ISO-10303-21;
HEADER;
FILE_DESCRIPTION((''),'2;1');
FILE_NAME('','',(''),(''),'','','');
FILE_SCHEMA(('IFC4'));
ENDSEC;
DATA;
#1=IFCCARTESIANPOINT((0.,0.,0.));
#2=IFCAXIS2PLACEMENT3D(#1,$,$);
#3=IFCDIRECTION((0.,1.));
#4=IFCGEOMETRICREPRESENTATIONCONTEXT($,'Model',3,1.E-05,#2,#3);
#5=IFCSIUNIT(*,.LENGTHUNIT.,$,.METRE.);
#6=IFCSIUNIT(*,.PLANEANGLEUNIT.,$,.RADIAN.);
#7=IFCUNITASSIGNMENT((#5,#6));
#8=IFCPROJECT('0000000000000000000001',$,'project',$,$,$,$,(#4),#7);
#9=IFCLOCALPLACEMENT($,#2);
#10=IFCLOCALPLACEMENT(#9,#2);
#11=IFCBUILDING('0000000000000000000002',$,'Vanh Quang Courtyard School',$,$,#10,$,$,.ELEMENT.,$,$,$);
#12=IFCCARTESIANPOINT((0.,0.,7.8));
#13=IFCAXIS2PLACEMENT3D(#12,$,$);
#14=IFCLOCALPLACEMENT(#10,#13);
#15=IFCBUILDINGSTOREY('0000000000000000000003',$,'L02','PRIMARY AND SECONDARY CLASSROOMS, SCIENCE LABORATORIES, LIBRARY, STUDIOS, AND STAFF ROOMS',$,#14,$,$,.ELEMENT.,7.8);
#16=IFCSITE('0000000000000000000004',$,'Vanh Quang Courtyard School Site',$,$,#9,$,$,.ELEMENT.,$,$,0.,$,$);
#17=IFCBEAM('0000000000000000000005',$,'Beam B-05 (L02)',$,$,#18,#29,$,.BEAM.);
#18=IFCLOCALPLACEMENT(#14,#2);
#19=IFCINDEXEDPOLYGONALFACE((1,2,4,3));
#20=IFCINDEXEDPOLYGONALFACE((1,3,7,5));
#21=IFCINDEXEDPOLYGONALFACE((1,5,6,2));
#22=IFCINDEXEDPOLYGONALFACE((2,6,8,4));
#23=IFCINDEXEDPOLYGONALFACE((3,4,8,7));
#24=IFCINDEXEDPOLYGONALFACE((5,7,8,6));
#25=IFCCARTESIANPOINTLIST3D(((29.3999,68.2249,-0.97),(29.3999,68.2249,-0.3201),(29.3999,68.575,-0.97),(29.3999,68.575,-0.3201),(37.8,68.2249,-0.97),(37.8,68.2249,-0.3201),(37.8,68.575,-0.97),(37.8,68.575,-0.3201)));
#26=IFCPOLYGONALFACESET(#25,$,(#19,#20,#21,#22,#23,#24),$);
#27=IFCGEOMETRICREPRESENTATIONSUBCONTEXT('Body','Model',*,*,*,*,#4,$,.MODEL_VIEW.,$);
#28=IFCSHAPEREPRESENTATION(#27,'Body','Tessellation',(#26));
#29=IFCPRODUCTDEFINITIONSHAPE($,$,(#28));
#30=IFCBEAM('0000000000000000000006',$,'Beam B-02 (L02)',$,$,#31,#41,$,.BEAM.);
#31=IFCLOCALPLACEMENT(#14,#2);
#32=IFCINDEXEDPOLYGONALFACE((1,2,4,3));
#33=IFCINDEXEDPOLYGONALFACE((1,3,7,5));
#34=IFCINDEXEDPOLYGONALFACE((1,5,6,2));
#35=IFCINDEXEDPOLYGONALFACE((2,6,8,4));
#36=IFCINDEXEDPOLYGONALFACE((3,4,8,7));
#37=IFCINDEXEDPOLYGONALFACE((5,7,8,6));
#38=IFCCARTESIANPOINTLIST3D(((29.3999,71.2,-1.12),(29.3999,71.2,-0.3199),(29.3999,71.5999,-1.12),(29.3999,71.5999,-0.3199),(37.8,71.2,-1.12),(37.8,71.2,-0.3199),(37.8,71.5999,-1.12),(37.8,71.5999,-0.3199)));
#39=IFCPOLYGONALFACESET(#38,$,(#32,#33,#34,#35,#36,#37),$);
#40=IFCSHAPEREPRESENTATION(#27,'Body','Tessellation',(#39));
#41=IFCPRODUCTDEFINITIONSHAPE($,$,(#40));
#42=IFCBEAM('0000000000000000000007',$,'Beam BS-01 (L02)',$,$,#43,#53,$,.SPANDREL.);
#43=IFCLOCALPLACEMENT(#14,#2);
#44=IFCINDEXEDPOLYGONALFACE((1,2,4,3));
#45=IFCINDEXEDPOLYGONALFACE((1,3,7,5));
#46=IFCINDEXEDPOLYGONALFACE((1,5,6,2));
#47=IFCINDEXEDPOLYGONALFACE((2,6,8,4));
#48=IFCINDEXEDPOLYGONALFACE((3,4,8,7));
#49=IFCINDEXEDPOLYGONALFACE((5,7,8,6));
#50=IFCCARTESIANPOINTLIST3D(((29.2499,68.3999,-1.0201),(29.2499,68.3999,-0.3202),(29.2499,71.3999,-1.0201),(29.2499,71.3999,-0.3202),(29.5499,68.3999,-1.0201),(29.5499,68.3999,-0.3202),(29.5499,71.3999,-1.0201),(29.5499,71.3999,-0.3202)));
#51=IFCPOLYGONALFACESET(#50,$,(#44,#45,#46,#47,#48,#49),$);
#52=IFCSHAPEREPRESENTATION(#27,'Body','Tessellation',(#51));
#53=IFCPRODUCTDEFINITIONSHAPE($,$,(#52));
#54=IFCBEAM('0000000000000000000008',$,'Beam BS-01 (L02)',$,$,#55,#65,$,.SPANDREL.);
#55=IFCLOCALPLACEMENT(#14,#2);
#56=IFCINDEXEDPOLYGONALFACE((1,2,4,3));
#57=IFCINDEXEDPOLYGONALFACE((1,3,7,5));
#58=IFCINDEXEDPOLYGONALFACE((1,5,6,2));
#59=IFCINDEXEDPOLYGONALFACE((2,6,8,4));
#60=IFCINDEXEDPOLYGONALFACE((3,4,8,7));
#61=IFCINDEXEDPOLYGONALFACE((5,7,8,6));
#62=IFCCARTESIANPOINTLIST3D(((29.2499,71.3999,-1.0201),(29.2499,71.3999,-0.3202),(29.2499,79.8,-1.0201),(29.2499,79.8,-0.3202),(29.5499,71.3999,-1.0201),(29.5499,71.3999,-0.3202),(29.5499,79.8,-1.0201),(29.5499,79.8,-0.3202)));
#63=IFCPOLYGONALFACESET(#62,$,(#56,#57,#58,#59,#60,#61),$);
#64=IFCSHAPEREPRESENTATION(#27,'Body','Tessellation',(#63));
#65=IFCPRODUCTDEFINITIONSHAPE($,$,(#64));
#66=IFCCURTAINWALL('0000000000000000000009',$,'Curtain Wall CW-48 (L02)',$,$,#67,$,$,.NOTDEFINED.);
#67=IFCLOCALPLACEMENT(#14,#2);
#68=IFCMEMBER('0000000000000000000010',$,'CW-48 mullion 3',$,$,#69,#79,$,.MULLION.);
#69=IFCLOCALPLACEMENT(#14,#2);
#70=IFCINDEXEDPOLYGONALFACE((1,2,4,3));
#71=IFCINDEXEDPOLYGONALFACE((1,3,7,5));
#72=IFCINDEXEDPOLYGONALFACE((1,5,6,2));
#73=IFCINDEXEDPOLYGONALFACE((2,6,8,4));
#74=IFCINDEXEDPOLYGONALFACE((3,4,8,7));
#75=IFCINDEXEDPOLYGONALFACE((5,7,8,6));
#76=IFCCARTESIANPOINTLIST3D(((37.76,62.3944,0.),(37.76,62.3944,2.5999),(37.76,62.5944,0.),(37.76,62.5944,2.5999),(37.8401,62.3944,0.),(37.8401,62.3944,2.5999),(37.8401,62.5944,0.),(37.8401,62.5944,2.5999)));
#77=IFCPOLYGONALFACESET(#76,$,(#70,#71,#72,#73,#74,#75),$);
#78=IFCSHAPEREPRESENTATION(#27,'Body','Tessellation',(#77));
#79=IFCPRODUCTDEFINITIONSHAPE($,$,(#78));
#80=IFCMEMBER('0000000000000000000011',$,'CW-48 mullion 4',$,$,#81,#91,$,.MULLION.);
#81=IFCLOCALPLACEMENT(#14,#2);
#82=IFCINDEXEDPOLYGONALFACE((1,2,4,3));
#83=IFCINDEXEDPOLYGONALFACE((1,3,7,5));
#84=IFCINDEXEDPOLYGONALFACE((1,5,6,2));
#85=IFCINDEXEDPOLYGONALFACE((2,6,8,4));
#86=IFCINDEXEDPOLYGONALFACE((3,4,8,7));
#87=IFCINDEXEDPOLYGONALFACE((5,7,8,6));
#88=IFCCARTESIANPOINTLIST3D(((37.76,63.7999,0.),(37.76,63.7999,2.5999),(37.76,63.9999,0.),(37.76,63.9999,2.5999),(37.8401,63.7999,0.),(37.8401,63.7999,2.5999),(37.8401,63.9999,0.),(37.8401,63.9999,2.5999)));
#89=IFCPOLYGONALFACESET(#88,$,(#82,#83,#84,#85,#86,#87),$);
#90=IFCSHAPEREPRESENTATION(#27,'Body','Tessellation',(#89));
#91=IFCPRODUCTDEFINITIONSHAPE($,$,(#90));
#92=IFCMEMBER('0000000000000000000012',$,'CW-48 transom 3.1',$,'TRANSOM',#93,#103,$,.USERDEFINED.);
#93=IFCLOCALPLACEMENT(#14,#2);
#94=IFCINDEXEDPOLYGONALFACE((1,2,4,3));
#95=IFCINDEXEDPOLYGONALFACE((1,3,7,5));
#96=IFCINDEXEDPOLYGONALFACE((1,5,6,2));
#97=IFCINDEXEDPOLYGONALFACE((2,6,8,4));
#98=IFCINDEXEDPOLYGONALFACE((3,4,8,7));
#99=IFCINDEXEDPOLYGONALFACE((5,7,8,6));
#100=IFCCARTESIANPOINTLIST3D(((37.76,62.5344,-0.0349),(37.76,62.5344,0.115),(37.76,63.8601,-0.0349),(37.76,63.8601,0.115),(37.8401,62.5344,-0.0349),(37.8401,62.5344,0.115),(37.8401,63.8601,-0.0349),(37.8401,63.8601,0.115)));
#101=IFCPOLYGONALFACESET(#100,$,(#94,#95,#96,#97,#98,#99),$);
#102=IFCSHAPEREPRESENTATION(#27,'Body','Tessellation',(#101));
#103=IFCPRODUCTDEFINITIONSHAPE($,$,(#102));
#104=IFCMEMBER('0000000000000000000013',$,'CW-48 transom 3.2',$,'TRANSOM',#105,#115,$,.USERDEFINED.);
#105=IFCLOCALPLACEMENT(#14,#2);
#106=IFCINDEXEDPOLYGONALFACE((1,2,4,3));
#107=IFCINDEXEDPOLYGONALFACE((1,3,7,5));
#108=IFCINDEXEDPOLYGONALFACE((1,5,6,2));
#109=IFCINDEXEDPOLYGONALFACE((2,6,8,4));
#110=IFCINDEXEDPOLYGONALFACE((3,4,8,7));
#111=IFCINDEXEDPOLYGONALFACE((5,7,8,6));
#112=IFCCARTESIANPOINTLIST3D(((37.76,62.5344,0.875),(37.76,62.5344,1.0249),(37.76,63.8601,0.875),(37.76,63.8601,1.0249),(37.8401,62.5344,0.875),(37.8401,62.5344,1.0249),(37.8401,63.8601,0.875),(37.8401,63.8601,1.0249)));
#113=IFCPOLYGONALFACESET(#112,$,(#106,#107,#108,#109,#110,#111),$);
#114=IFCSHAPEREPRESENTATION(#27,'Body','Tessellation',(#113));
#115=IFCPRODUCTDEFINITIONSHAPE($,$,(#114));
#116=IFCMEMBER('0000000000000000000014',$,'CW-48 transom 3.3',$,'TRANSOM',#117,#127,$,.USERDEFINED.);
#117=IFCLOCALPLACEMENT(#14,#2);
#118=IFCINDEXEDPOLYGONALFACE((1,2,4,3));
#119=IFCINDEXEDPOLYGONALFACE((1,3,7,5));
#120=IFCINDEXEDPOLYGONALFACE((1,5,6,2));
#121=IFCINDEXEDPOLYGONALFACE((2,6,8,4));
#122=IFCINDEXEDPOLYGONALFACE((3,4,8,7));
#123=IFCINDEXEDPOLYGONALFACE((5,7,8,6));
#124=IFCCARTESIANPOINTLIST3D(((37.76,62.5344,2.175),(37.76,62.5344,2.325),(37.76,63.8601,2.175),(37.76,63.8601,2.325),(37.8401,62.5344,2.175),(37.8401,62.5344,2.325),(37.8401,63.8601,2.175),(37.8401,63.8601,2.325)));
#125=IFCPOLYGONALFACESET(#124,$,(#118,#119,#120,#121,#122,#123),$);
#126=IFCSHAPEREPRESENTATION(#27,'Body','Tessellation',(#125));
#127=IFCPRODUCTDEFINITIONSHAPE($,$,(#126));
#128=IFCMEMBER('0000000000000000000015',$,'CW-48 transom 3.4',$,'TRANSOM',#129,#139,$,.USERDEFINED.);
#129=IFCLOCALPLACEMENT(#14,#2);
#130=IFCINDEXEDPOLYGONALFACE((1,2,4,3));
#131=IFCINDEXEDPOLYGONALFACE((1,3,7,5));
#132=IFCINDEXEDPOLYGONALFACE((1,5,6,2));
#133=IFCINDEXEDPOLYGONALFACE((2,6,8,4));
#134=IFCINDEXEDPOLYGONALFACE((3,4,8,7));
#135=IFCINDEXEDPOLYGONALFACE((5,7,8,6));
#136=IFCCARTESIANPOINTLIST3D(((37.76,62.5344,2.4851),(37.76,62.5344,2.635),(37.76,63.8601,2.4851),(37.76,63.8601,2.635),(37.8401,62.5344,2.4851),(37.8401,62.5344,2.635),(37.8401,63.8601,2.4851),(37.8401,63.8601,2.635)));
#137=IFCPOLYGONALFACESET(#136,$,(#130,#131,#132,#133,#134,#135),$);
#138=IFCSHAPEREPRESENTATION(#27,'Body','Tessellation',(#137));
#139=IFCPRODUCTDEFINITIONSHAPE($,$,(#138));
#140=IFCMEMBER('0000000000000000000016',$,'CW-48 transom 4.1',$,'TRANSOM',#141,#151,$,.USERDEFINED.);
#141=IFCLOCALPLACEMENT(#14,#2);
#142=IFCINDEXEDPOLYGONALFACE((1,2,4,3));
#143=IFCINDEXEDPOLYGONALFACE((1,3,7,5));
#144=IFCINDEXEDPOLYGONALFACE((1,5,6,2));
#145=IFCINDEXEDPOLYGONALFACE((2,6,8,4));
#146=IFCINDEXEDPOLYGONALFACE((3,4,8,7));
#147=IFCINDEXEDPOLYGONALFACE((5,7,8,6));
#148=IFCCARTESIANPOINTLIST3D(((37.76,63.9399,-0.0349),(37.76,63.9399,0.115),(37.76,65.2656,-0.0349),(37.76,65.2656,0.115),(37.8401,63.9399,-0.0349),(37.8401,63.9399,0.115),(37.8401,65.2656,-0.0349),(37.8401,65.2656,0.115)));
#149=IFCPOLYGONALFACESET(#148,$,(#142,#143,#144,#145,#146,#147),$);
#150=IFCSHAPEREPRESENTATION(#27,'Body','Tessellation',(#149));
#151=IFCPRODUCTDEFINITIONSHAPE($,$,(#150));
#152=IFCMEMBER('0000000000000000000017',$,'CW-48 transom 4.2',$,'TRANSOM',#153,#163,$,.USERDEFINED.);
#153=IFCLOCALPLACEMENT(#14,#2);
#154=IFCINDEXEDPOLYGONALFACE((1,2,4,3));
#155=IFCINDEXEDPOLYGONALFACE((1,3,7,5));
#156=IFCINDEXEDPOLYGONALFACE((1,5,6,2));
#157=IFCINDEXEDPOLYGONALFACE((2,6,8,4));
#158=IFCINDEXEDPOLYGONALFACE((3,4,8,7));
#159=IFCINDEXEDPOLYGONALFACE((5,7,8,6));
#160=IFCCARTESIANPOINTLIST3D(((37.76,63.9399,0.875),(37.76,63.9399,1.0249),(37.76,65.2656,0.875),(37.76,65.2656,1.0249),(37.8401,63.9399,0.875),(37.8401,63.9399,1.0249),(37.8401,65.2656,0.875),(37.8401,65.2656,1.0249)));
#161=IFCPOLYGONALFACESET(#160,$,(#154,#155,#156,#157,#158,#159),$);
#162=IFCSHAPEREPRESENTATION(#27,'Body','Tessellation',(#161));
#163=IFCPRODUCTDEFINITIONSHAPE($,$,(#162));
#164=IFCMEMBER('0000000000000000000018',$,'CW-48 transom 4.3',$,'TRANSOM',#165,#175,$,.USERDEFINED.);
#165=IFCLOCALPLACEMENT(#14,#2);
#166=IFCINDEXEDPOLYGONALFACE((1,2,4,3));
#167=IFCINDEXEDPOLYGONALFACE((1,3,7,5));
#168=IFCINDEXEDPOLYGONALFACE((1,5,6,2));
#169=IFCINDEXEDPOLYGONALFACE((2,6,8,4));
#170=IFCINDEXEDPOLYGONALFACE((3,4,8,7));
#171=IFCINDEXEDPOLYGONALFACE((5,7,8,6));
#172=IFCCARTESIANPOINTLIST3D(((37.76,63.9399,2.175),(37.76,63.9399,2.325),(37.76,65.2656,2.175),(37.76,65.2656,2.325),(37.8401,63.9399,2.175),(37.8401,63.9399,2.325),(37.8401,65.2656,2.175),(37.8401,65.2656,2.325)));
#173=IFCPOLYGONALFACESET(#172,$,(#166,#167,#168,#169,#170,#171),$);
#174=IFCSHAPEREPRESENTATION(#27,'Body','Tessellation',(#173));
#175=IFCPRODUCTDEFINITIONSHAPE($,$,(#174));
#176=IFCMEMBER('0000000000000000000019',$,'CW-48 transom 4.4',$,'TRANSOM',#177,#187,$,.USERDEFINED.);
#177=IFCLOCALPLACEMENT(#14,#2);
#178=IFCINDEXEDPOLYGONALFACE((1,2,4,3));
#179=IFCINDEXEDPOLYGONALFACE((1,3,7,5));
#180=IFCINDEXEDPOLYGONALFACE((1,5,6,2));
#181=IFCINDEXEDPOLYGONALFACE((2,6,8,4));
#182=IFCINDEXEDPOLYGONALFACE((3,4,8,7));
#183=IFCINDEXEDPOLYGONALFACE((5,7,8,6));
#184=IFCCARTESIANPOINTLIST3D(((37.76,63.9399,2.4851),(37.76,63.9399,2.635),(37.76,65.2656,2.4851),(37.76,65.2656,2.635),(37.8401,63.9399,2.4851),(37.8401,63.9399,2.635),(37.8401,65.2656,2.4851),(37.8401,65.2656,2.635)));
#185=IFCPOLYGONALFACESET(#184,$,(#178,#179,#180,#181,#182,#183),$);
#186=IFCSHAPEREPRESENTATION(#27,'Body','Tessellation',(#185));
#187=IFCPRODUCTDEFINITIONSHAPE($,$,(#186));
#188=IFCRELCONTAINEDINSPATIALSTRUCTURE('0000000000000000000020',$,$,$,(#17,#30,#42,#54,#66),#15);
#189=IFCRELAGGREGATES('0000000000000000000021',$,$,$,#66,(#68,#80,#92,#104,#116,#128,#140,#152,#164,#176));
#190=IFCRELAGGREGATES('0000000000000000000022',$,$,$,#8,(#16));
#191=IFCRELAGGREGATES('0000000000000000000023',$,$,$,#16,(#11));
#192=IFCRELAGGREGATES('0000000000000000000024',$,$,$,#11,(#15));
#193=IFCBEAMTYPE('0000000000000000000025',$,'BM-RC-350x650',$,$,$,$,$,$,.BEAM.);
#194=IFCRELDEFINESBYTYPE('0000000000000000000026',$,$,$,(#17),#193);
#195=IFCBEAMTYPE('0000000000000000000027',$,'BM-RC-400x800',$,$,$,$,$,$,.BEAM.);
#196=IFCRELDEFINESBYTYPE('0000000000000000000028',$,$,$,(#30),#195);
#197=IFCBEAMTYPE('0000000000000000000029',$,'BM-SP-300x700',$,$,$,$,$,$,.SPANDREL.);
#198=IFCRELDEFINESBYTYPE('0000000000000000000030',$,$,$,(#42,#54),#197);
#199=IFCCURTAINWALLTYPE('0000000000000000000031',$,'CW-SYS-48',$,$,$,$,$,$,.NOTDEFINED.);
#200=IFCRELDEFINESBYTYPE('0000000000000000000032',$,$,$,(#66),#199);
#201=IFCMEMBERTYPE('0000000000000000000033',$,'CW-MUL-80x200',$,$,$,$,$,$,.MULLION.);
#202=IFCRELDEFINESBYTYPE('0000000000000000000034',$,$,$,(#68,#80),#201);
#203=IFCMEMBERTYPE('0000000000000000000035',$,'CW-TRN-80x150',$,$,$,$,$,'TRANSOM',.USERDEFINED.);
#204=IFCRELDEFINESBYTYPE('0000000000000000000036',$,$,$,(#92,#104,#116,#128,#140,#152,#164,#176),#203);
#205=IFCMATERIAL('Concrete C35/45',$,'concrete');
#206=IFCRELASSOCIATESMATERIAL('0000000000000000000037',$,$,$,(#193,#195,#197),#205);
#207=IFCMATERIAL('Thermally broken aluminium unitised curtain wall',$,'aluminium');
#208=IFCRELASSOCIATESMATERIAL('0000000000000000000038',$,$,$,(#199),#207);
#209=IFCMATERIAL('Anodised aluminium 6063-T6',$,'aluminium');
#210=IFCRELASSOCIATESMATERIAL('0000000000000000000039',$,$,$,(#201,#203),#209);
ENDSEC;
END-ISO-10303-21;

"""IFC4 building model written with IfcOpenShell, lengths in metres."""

from ifc_helpers import new_model, si_unit, direction, frame, origin, origin_2d, place, context, subcontext, project, spatial, rectangle, extrude, material, material_profile, profile_set, type_object, element, aggregate, save


model = new_model("IFC4")

# Units and contexts
model_context = context("Model", 3, precision=1e-05, world=origin(), true_north=direction((0.0, 1.0)))
body_context = subcontext(model_context, "Body", "Model", "MODEL_VIEW")
ifc_project = project(units=[si_unit("LENGTHUNIT", "METRE"), si_unit("PLANEANGLEUNIT", "RADIAN")], contexts=[model_context])

# Site, building, storey
site_placement = place(None, origin())
site = spatial("IfcSite", under=ifc_project, at=site_placement, Name="Vanh Quang Courtyard School Site", CompositionType="ELEMENT", RefElevation=0.0)
building_placement = place(site_placement, origin())
building = spatial("IfcBuilding", under=site, at=building_placement, Name="Vanh Quang Courtyard School", CompositionType="ELEMENT")
storey_placement = place(building_placement, frame((0.0, 0.0, 7.8)))
storey = spatial("IfcBuildingStorey", under=building, at=storey_placement, Name="L02", Description="PRIMARY AND SECONDARY CLASSROOMS, SCIENCE LABORATORIES, LIBRARY, STUDIOS, AND STAFF ROOMS", CompositionType="ELEMENT", Elevation=7.8)

# Beams
ifc_material_1 = material(Name="Concrete C35/45", Category="concrete")
ifc_material_profile_1 = material_profile(ifc_material_1, rectangle(XDim=0.3501, YDim=0.6499, at=origin_2d()), Name="RC-BM 350x650")
ifc_profile_set_1 = profile_set([ifc_material_profile_1], Name="Concrete C35/45")
beam_type_1 = type_object("IfcBeamType", Name="BM-RC-350x650", PredefinedType="BEAM", material=ifc_profile_set_1)
beam_1_placement = place(storey_placement, frame((29.3999, 68.3999, -0.645), z_axis=(1.0, 0.0, 0.0), x_axis=(0.0, 1.0, 0.0)))
element("IfcBeam", 1, at=beam_1_placement, inside=storey, type_object=beam_type_1, Name="Beam B-05 (L02)", PredefinedType="BEAM", context=body_context, shape_type="SweptSolid", body=[
    extrude(rectangle(XDim=0.3501, YDim=0.6499, at=origin_2d()), origin(), (0.0, 0.0, 1.0), 8.4001),
])
ifc_material_profile_2 = material_profile(ifc_material_1, rectangle(XDim=0.3999, YDim=0.8, at=origin_2d()), Name="RC-BM 400x800")
ifc_profile_set_2 = profile_set([ifc_material_profile_2], Name="Concrete C35/45")
beam_type_2 = type_object("IfcBeamType", Name="BM-RC-400x800", PredefinedType="BEAM", material=ifc_profile_set_2)
beam_2_placement = place(storey_placement, frame((29.3999, 71.3999, -0.72), z_axis=(1.0, 0.0, 0.0), x_axis=(0.0, 1.0, 0.0)))
element("IfcBeam", 2, at=beam_2_placement, inside=storey, type_object=beam_type_2, Name="Beam B-02 (L02)", PredefinedType="BEAM", context=body_context, shape_type="SweptSolid", body=[
    extrude(rectangle(XDim=0.3999, YDim=0.8, at=origin_2d()), origin(), (0.0, 0.0, 1.0), 8.4001),
])
ifc_material_profile_3 = material_profile(ifc_material_1, rectangle(XDim=0.3, YDim=0.7, at=origin_2d()), Name="RC-SP 300x700")
ifc_profile_set_3 = profile_set([ifc_material_profile_3], Name="Concrete C35/45")
beam_type_3 = type_object("IfcBeamType", Name="BM-SP-300x700", PredefinedType="SPANDREL", material=ifc_profile_set_3)
beam_3_placement = place(storey_placement, frame((29.3999, 68.3999, -0.6702), z_axis=(0.0, 1.0, 0.0), x_axis=(-1.0, 0.0, 0.0)))
element("IfcBeam", 3, at=beam_3_placement, inside=storey, type_object=beam_type_3, Name="Beam BS-01 (L02)", PredefinedType="SPANDREL", context=body_context, shape_type="SweptSolid", body=[
    extrude(rectangle(XDim=0.3, YDim=0.7, at=origin_2d()), origin(), (0.0, 0.0, 1.0), 3.0),
])
beam_4_placement = place(storey_placement, frame((29.3999, 71.3999, -0.6702), z_axis=(0.0, 1.0, 0.0), x_axis=(-1.0, 0.0, 0.0)))
element("IfcBeam", 4, at=beam_4_placement, inside=storey, type_object=beam_type_3, Name="Beam BS-01 (L02)", PredefinedType="SPANDREL", context=body_context, shape_type="SweptSolid", body=[
    extrude(rectangle(XDim=0.3, YDim=0.7, at=origin_2d()), origin(), (0.0, 0.0, 1.0), 8.4001),
])

# Curtain wall, members
ifc_material_2 = material(Name="Thermally broken aluminium unitised curtain wall", Category="aluminium")
curtain_wall_type = type_object("IfcCurtainWallType", Name="CW-SYS-48", PredefinedType="NOTDEFINED", material=ifc_material_2)
curtain_wall_placement = place(storey_placement, origin())
curtain_wall = element("IfcCurtainWall", 5, at=curtain_wall_placement, inside=storey, type_object=curtain_wall_type, Name="Curtain Wall CW-48 (L02)", PredefinedType="NOTDEFINED")
ifc_material_3 = material(Name="Anodised aluminium 6063-T6", Category="aluminium")
ifc_material_profile_4 = material_profile(ifc_material_3, rectangle(XDim=0.0801, YDim=0.2, at=origin_2d()), Name="ALU-MUL 80x200")
ifc_profile_set_4 = profile_set([ifc_material_profile_4], Name="Anodised aluminium 6063-T6")
member_type_1 = type_object("IfcMemberType", Name="CW-MUL-80x200", PredefinedType="MULLION", material=ifc_profile_set_4)
member_1_placement = place(storey_placement, frame((37.8, 62.4944, 0.0), z_axis=(0.0, 0.0, 1.0), x_axis=(-1.0, 0.0, 0.0)))
member_1 = element("IfcMember", 6, at=member_1_placement, type_object=member_type_1, Name="CW-48 mullion 3", PredefinedType="MULLION", context=body_context, shape_type="SweptSolid", body=[
    extrude(rectangle(XDim=0.0801, YDim=0.2, at=origin_2d()), origin(), (0.0, 0.0, 1.0), 2.5999),
])
member_2_placement = place(storey_placement, frame((37.8, 63.8999, 0.0), z_axis=(0.0, 0.0, 1.0), x_axis=(-1.0, 0.0, 0.0)))
member_2 = element("IfcMember", 7, at=member_2_placement, type_object=member_type_1, Name="CW-48 mullion 4", PredefinedType="MULLION", context=body_context, shape_type="SweptSolid", body=[
    extrude(rectangle(XDim=0.0801, YDim=0.2, at=origin_2d()), origin(), (0.0, 0.0, 1.0), 2.5999),
])
ifc_material_profile_5 = material_profile(ifc_material_3, rectangle(XDim=0.0801, YDim=0.1499, at=origin_2d()), Name="ALU-TRN 80x150")
ifc_profile_set_5 = profile_set([ifc_material_profile_5], Name="Anodised aluminium 6063-T6")
member_type_2 = type_object("IfcMemberType", Name="CW-TRN-80x150", ElementType="TRANSOM", PredefinedType="USERDEFINED", material=ifc_profile_set_5)
member_3_placement = place(storey_placement, frame((37.8, 62.5344, 0.04), z_axis=(0.0, 1.0, 0.0), x_axis=(-1.0, 0.0, 0.0)))
member_3 = element("IfcMember", 8, at=member_3_placement, type_object=member_type_2, Name="CW-48 transom 3.1", ObjectType="TRANSOM", PredefinedType="USERDEFINED", context=body_context, shape_type="SweptSolid", body=[
    extrude(rectangle(XDim=0.0801, YDim=0.1499, at=origin_2d()), origin(), (0.0, 0.0, 1.0), 1.3257),
])
member_4_placement = place(storey_placement, frame((37.8, 62.5344, 0.95), z_axis=(0.0, 1.0, 0.0), x_axis=(-1.0, 0.0, 0.0)))
member_4 = element("IfcMember", 9, at=member_4_placement, type_object=member_type_2, Name="CW-48 transom 3.2", ObjectType="TRANSOM", PredefinedType="USERDEFINED", context=body_context, shape_type="SweptSolid", body=[
    extrude(rectangle(XDim=0.0801, YDim=0.1499, at=origin_2d()), origin(), (0.0, 0.0, 1.0), 1.3257),
])
member_5_placement = place(storey_placement, frame((37.8, 62.5344, 2.25), z_axis=(0.0, 1.0, 0.0), x_axis=(-1.0, 0.0, 0.0)))
member_5 = element("IfcMember", 10, at=member_5_placement, type_object=member_type_2, Name="CW-48 transom 3.3", ObjectType="TRANSOM", PredefinedType="USERDEFINED", context=body_context, shape_type="SweptSolid", body=[
    extrude(rectangle(XDim=0.0801, YDim=0.1499, at=origin_2d()), origin(), (0.0, 0.0, 1.0), 1.3257),
])
member_6_placement = place(storey_placement, frame((37.8, 62.5344, 2.5601), z_axis=(0.0, 1.0, 0.0), x_axis=(-1.0, 0.0, 0.0)))
member_6 = element("IfcMember", 11, at=member_6_placement, type_object=member_type_2, Name="CW-48 transom 3.4", ObjectType="TRANSOM", PredefinedType="USERDEFINED", context=body_context, shape_type="SweptSolid", body=[
    extrude(rectangle(XDim=0.0801, YDim=0.1499, at=origin_2d()), origin(), (0.0, 0.0, 1.0), 1.3257),
])
member_7_placement = place(storey_placement, frame((37.8, 63.9399, 0.04), z_axis=(0.0, 1.0, 0.0), x_axis=(-1.0, 0.0, 0.0)))
member_7 = element("IfcMember", 12, at=member_7_placement, type_object=member_type_2, Name="CW-48 transom 4.1", ObjectType="TRANSOM", PredefinedType="USERDEFINED", context=body_context, shape_type="SweptSolid", body=[
    extrude(rectangle(XDim=0.0801, YDim=0.1499, at=origin_2d()), origin(), (0.0, 0.0, 1.0), 1.3257),
])
member_8_placement = place(storey_placement, frame((37.8, 63.9399, 0.95), z_axis=(0.0, 1.0, 0.0), x_axis=(-1.0, 0.0, 0.0)))
member_8 = element("IfcMember", 13, at=member_8_placement, type_object=member_type_2, Name="CW-48 transom 4.2", ObjectType="TRANSOM", PredefinedType="USERDEFINED", context=body_context, shape_type="SweptSolid", body=[
    extrude(rectangle(XDim=0.0801, YDim=0.1499, at=origin_2d()), origin(), (0.0, 0.0, 1.0), 1.3257),
])
member_9_placement = place(storey_placement, frame((37.8, 63.9399, 2.25), z_axis=(0.0, 1.0, 0.0), x_axis=(-1.0, 0.0, 0.0)))
member_9 = element("IfcMember", 14, at=member_9_placement, type_object=member_type_2, Name="CW-48 transom 4.3", ObjectType="TRANSOM", PredefinedType="USERDEFINED", context=body_context, shape_type="SweptSolid", body=[
    extrude(rectangle(XDim=0.0801, YDim=0.1499, at=origin_2d()), origin(), (0.0, 0.0, 1.0), 1.3257),
])
member_10_placement = place(storey_placement, frame((37.8, 63.9399, 2.5601), z_axis=(0.0, 1.0, 0.0), x_axis=(-1.0, 0.0, 0.0)))
member_10 = element("IfcMember", 15, at=member_10_placement, type_object=member_type_2, Name="CW-48 transom 4.4", ObjectType="TRANSOM", PredefinedType="USERDEFINED", context=body_context, shape_type="SweptSolid", body=[
    extrude(rectangle(XDim=0.0801, YDim=0.1499, at=origin_2d()), origin(), (0.0, 0.0, 1.0), 1.3257),
])

aggregate(curtain_wall, [member_1, member_2, member_3, member_4, member_5, member_6, member_7, member_8, member_9, member_10])

save(model, "model.ifc")
